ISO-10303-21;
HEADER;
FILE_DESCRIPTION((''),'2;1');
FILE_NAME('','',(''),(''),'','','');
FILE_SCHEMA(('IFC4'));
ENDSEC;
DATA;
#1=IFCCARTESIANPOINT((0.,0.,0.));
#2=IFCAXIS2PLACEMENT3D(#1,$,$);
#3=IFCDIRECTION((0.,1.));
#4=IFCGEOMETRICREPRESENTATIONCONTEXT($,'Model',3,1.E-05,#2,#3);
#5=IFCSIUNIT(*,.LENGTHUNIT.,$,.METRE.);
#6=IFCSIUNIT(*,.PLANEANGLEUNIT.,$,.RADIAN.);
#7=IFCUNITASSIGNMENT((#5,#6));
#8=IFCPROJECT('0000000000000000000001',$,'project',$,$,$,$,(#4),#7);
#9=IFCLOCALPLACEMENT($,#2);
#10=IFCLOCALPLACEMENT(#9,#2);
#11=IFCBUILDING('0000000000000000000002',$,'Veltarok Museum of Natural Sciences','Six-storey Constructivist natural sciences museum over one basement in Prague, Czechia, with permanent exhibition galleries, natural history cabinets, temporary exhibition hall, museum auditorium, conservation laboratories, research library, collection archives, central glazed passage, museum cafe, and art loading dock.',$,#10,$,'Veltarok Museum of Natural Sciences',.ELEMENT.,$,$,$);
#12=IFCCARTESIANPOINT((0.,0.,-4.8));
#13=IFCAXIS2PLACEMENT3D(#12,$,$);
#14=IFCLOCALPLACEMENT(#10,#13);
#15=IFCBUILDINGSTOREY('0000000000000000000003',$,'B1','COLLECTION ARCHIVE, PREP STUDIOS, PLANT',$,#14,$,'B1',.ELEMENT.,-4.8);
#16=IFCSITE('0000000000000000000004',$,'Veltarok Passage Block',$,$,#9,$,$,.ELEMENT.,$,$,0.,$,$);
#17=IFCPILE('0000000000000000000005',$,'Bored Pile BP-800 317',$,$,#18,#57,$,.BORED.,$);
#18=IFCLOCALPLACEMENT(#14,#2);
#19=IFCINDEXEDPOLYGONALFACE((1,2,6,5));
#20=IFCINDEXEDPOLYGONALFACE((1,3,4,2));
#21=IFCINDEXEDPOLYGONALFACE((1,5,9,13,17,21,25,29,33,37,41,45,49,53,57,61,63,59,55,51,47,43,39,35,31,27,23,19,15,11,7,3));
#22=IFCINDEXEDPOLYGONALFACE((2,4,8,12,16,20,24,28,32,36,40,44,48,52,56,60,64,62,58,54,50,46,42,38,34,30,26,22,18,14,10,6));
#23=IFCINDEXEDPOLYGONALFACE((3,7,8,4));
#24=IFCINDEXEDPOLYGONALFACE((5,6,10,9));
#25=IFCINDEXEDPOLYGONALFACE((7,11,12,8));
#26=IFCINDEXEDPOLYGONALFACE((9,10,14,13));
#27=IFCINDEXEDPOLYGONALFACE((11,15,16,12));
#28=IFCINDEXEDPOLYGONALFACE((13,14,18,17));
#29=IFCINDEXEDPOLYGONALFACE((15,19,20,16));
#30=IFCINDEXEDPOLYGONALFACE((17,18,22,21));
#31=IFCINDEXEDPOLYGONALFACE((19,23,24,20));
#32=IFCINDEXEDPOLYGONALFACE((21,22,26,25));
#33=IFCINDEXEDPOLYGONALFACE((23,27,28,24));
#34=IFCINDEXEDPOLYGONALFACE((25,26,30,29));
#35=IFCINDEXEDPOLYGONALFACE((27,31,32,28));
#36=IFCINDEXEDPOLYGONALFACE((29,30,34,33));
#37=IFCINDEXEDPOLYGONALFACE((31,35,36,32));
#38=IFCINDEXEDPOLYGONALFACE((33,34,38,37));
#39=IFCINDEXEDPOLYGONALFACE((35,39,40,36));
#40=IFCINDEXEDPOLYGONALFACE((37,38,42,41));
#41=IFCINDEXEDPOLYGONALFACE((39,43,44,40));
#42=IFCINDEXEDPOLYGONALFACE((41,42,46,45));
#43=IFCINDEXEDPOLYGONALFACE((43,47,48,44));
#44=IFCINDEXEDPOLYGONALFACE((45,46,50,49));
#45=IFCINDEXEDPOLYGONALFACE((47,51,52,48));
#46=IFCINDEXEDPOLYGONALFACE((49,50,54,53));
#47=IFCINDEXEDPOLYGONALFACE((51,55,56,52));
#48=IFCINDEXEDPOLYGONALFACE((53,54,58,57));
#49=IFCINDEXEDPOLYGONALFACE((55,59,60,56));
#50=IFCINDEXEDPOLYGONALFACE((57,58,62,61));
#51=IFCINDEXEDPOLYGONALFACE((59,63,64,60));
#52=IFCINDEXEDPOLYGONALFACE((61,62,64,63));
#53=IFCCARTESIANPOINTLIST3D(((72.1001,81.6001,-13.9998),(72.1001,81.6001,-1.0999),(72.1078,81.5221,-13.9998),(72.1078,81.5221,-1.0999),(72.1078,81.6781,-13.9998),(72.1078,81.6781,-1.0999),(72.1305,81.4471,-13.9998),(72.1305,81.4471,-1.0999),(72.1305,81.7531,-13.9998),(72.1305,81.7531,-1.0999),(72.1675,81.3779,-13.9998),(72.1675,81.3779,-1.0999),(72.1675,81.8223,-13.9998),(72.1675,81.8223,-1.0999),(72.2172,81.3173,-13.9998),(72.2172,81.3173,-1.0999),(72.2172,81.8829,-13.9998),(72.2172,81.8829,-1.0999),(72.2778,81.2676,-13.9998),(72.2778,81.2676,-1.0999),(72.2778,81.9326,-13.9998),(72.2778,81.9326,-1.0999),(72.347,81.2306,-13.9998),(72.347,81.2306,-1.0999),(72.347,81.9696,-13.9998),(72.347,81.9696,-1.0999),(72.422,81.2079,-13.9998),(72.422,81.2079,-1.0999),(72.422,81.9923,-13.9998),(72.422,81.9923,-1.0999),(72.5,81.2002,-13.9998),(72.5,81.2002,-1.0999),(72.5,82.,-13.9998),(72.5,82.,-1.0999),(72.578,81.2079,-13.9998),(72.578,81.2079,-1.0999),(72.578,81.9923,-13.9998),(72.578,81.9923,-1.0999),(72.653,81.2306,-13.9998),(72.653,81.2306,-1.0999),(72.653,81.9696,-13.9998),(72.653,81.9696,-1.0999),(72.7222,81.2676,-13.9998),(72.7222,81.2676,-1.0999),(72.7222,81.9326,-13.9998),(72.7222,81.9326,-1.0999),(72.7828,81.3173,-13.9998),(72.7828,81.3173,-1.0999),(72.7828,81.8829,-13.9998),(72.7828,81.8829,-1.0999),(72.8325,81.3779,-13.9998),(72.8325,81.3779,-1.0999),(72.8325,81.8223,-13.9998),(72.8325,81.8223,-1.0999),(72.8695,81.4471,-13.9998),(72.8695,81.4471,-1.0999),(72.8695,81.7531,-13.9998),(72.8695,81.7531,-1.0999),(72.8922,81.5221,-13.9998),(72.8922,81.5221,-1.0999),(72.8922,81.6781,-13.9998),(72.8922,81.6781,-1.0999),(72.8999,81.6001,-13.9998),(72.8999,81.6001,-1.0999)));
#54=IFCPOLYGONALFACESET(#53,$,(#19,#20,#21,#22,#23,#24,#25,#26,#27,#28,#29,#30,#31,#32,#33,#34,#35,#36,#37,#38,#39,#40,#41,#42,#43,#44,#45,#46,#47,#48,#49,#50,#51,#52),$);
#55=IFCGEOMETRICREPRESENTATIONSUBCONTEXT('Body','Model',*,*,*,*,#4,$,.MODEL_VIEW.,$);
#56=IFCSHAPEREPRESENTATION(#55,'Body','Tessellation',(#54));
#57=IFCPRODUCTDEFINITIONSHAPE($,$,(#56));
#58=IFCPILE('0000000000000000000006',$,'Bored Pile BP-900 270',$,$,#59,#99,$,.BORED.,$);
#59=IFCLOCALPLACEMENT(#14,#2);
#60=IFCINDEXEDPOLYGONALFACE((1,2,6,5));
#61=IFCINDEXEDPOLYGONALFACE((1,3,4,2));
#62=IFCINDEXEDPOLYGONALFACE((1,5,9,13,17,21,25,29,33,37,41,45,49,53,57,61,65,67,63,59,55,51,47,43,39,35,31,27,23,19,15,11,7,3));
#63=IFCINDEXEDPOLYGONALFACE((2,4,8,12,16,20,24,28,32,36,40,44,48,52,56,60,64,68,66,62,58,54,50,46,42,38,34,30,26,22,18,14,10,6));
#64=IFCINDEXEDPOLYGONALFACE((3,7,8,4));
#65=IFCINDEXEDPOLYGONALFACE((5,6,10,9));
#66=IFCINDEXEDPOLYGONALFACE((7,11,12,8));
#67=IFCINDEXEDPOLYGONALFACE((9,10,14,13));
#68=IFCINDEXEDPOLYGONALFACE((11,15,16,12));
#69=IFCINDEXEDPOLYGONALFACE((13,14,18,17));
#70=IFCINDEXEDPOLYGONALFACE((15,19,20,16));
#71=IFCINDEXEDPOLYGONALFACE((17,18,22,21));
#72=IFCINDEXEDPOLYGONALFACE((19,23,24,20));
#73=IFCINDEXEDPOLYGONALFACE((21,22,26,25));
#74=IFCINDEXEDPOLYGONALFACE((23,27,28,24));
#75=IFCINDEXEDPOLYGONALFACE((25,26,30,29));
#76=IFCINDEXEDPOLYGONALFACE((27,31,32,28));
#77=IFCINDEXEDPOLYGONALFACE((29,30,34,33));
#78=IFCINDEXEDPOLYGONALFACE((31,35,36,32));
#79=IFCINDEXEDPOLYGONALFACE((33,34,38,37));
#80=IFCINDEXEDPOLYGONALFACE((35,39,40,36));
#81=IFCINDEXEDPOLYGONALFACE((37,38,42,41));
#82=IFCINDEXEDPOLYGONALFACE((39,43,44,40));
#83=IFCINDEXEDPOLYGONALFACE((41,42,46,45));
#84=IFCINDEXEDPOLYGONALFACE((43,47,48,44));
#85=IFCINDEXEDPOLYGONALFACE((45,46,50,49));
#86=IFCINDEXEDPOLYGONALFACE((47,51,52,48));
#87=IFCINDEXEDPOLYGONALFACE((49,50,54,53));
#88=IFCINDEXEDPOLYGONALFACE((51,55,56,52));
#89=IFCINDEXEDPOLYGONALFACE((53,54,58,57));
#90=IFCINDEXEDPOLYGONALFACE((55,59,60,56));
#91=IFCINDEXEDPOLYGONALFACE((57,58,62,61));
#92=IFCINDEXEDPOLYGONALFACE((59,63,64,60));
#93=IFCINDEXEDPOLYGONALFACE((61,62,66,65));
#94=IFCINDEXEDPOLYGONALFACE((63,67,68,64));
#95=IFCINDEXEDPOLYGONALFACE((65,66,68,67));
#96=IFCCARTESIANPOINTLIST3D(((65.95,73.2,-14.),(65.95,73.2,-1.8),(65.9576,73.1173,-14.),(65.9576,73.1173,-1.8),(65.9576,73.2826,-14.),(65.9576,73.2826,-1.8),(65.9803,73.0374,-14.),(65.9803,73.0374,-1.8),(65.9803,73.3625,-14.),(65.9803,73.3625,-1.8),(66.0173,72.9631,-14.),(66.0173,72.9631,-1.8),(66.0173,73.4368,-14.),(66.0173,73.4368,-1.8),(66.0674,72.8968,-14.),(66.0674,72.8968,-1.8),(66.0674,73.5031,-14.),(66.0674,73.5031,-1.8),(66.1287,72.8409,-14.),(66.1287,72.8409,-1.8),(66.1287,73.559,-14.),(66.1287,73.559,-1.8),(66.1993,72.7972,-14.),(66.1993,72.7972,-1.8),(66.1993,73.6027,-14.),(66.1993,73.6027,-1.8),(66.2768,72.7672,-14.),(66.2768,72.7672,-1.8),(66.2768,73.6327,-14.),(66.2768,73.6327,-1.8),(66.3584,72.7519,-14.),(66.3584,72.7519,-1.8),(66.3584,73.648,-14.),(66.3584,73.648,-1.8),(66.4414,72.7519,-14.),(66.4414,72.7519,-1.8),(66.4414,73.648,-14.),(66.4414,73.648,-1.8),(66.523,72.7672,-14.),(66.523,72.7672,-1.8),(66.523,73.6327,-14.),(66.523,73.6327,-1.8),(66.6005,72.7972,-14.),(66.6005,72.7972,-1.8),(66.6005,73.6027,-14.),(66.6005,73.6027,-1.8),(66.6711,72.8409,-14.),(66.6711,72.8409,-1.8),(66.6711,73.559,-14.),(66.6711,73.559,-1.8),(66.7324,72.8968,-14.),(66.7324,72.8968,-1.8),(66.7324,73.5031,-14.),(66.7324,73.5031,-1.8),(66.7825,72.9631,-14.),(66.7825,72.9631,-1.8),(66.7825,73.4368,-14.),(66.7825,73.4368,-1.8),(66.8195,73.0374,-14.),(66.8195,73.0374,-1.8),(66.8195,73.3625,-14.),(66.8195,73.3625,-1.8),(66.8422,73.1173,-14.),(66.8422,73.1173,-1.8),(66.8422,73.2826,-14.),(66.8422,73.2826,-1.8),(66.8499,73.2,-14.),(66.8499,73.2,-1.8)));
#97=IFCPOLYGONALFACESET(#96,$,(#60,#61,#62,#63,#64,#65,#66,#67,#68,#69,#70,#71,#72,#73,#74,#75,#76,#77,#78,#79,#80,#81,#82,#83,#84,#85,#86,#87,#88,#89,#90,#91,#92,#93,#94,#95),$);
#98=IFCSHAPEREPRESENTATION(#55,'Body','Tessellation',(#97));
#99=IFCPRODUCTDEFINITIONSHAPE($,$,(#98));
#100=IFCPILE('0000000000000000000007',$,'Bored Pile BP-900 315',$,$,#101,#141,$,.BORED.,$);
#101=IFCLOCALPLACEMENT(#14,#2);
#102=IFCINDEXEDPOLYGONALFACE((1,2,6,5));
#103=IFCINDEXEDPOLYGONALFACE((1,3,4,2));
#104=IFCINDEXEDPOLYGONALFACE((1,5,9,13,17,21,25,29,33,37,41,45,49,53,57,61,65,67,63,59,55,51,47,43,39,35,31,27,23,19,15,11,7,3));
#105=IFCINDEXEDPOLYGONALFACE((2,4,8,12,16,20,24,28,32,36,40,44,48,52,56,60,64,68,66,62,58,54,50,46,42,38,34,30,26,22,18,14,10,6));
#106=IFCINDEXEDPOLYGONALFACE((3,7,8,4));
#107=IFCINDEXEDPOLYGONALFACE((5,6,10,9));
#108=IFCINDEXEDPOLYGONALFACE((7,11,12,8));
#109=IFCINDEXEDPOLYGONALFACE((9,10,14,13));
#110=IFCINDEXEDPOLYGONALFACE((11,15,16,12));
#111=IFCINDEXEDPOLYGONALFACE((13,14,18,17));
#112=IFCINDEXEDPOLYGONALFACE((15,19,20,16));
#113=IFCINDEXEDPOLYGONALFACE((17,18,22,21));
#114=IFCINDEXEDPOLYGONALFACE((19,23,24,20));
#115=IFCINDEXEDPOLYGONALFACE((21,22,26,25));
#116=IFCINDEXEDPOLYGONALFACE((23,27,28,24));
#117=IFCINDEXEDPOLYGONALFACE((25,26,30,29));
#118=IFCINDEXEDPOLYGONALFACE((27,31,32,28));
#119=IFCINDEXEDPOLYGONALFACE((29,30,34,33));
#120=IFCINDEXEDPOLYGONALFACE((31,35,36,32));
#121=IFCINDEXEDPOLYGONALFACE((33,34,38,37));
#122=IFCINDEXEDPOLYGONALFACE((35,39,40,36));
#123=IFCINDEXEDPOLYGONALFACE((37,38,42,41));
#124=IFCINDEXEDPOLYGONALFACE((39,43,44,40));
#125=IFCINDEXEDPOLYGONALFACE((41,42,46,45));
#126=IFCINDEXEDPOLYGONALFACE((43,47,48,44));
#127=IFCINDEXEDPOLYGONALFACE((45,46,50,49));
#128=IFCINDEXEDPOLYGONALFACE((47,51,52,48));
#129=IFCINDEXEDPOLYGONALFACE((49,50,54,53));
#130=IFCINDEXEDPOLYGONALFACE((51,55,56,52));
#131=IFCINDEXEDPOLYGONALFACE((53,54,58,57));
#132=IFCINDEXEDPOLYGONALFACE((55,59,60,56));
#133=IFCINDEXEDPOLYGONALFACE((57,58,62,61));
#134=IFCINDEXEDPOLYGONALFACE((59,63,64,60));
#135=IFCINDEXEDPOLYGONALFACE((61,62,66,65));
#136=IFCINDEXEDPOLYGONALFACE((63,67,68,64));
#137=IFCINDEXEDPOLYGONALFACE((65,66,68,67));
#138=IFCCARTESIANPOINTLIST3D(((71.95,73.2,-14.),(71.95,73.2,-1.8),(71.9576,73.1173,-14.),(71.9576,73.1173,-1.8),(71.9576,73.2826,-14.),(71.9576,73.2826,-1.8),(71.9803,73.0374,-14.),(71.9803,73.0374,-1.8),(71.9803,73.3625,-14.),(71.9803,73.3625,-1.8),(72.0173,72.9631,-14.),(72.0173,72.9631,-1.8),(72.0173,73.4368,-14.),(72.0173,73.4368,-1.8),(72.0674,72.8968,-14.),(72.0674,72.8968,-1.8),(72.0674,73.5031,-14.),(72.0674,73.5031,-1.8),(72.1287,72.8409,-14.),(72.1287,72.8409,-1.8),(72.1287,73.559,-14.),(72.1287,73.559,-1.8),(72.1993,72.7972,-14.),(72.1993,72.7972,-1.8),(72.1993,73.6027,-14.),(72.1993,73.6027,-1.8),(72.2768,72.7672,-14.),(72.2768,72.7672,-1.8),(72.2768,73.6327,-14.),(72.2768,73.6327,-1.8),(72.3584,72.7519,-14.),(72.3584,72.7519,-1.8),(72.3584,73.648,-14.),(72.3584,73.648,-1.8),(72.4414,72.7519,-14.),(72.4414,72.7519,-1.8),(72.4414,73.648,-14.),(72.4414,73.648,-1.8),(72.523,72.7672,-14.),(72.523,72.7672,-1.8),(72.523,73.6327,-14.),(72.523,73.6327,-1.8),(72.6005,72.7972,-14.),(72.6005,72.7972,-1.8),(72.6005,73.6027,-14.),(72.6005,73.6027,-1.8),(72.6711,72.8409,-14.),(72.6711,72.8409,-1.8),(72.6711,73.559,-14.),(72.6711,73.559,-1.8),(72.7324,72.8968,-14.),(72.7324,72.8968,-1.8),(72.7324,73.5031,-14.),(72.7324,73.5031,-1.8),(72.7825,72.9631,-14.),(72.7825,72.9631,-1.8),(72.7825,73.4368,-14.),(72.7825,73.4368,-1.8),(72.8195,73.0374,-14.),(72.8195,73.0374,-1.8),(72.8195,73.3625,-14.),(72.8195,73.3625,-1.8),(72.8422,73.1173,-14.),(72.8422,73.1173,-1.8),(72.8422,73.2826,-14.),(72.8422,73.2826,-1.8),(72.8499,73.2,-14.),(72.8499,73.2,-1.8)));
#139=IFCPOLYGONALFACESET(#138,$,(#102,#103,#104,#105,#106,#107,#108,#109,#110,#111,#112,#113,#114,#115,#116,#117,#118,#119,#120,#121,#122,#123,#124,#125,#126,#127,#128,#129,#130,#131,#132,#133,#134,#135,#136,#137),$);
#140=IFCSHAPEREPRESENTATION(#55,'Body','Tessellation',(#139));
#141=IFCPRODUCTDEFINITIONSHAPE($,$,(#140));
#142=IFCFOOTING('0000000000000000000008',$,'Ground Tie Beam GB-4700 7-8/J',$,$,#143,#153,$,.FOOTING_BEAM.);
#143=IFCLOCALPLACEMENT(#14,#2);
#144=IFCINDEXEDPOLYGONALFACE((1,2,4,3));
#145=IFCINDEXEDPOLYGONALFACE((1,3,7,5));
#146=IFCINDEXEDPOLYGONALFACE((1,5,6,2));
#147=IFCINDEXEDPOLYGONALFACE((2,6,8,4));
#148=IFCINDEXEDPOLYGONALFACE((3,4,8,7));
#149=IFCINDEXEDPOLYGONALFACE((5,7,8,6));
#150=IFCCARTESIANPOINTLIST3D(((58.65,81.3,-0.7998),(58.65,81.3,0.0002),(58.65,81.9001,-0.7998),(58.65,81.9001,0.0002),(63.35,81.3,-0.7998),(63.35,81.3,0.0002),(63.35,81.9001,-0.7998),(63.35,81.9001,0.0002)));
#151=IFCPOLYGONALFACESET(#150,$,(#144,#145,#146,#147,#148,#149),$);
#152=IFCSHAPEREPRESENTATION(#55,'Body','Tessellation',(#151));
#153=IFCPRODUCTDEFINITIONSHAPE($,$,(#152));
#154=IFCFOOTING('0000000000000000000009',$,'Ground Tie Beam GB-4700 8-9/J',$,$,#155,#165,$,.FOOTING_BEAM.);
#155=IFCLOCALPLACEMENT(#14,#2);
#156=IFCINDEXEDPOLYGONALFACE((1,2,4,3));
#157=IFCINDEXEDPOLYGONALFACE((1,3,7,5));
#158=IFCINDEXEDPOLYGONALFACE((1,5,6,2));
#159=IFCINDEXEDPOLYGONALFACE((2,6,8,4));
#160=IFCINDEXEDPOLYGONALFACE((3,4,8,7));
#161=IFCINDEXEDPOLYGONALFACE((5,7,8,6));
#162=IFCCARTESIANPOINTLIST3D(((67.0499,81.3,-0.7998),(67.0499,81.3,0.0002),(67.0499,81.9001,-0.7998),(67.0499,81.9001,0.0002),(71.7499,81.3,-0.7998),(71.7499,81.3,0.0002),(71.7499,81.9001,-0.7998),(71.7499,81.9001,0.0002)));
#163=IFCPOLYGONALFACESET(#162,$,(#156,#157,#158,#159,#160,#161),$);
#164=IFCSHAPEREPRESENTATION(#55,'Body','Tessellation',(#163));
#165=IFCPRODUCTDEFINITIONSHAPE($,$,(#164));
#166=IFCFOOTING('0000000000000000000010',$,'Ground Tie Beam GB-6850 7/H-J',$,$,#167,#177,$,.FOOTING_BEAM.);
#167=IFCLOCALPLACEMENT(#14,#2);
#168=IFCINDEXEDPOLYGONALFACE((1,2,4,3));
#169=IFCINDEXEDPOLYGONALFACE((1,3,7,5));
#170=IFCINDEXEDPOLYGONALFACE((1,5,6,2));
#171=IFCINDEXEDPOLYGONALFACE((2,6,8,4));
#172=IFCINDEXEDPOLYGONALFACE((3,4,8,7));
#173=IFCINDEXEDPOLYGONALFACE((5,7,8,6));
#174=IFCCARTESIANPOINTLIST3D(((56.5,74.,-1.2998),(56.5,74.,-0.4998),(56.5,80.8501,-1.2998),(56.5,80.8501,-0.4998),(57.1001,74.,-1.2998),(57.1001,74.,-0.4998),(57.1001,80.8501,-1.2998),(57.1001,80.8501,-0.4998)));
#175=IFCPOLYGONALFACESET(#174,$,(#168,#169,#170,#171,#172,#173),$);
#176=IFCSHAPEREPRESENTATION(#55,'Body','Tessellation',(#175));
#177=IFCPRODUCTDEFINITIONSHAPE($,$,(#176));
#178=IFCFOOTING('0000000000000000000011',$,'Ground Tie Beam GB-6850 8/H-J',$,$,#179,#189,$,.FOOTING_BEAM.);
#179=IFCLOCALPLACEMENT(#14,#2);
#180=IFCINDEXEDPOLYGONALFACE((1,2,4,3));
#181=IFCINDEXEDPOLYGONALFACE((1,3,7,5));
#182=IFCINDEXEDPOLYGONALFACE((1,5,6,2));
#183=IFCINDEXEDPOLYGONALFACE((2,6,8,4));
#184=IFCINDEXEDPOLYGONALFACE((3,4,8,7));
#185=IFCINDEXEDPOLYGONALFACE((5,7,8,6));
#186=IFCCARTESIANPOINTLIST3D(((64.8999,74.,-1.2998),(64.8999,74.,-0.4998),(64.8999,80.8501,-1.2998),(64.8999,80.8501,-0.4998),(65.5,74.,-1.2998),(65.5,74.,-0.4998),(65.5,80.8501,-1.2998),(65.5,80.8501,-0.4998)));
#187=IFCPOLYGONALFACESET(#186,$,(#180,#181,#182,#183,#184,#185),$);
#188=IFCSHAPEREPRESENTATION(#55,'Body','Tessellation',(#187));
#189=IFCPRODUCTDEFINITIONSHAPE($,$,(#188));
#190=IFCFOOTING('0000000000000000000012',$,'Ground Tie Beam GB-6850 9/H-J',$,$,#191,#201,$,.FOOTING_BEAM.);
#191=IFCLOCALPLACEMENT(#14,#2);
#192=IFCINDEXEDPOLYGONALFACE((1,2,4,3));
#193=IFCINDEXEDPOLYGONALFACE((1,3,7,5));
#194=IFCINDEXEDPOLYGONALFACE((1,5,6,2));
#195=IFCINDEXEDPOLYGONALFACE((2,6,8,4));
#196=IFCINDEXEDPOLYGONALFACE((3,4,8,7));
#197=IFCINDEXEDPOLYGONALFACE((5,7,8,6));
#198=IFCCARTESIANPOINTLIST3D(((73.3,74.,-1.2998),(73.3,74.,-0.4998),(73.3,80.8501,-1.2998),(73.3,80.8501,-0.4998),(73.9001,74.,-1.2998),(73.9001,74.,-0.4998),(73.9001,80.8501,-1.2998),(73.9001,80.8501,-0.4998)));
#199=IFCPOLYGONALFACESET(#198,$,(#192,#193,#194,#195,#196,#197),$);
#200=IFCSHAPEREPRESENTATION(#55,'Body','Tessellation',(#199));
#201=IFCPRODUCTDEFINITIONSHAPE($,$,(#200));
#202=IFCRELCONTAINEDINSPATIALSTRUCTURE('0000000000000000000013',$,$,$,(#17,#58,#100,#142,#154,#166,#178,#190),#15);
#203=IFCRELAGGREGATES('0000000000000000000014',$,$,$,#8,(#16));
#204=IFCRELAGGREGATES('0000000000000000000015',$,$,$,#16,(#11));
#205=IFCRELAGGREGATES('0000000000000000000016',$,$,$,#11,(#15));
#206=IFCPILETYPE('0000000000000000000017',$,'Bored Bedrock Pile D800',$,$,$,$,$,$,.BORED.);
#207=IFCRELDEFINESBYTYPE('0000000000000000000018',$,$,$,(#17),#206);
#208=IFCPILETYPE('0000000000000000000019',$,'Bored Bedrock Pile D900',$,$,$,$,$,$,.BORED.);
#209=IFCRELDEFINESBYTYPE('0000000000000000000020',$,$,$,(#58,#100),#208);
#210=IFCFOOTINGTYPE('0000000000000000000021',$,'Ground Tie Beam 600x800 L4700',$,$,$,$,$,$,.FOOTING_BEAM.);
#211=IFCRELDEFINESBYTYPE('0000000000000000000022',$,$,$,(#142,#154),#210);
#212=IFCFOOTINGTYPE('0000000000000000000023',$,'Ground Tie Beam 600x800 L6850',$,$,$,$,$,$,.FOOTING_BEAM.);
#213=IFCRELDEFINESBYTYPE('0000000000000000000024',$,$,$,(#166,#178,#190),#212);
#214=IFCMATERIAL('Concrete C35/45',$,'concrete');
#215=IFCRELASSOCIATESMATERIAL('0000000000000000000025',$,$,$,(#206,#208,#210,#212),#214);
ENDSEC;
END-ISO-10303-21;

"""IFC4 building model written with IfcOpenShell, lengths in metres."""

from ifc_helpers import new_model, si_unit, direction, frame, origin, origin_2d, place, context, subcontext, project, spatial, rectangle, circle, extrude, material, material_profile, profile_set, type_object, element, save


model = new_model("IFC4")

# Units and contexts
model_context = context("Model", 3, precision=1e-05, world=origin(), true_north=direction((0.0, 1.0)))
body_context = subcontext(model_context, "Body", "Model", "MODEL_VIEW")
ifc_project = project(units=[si_unit("LENGTHUNIT", "METRE"), si_unit("PLANEANGLEUNIT", "RADIAN")], contexts=[model_context])

# Site, building, storey
site_placement = place(None, origin())
site = spatial("IfcSite", under=ifc_project, at=site_placement, Name="Veltarok Passage Block", CompositionType="ELEMENT", RefElevation=0.0)
building_placement = place(site_placement, origin())
building = spatial("IfcBuilding", under=site, at=building_placement, Name="Veltarok Museum of Natural Sciences", Description="Six-storey Constructivist natural sciences museum over one basement in Prague, Czechia, with permanent exhibition galleries, natural history cabinets, temporary exhibition hall, museum auditorium, conservation laboratories, research library, collection archives, central glazed passage, museum cafe, and art loading dock.", LongName="Veltarok Museum of Natural Sciences", CompositionType="ELEMENT")
storey_placement = place(building_placement, frame((0.0, 0.0, -4.8)))
storey = spatial("IfcBuildingStorey", under=building, at=storey_placement, Name="B1", Description="COLLECTION ARCHIVE, PREP STUDIOS, PLANT", LongName="B1", CompositionType="ELEMENT", Elevation=-4.8)

# Piles
ifc_material_1 = material(Name="Concrete C35/45", Category="concrete")
ifc_material_profile_1 = material_profile(ifc_material_1, circle(Radius=0.3999, at=origin_2d()), Name="BP D800")
ifc_profile_set_1 = profile_set([ifc_material_profile_1], Name="Concrete C35/45")
pile_type_1 = type_object("IfcPileType", Name="Bored Bedrock Pile D800", PredefinedType="BORED", material=ifc_profile_set_1)
for number, where, z_axis, x_axis, name in (
    (1, (72.5, 81.6001, -1.0999), (0.0, 0.0, -1.0), (1.0, 0.0, 0.0), "Bored Pile BP-800 317"),
):
    element("IfcPile", number, at=place(storey_placement, frame(where, z_axis=z_axis, x_axis=x_axis)), inside=storey, type_object=pile_type_1, Name=name, PredefinedType="BORED", context=body_context, shape_type="SweptSolid", body=[
        extrude(circle(Radius=0.3999, at=origin_2d()), origin(), (0.0, 0.0, 1.0), 12.8999),
    ])
ifc_material_profile_2 = material_profile(ifc_material_1, circle(Radius=0.45, at=origin_2d()), Name="BP D900")
ifc_profile_set_2 = profile_set([ifc_material_profile_2], Name="Concrete C35/45")
pile_type_2 = type_object("IfcPileType", Name="Bored Bedrock Pile D900", PredefinedType="BORED", material=ifc_profile_set_2)
for number, where, z_axis, x_axis, name in (
    (2, (66.3999, 73.2, -1.8), (0.0, 0.0, -1.0), (1.0, 0.0, 0.0), "Bored Pile BP-900 270"),
    (3, (72.3999, 73.2, -1.8), (0.0, 0.0, -1.0), (1.0, 0.0, 0.0), "Bored Pile BP-900 315"),
):
    element("IfcPile", number, at=place(storey_placement, frame(where, z_axis=z_axis, x_axis=x_axis)), inside=storey, type_object=pile_type_2, Name=name, PredefinedType="BORED", context=body_context, shape_type="SweptSolid", body=[
        extrude(circle(Radius=0.45, at=origin_2d()), origin(), (0.0, 0.0, 1.0), 12.2),
    ])

# Footings
footing_type_1 = type_object("IfcFootingType", Name="Ground Tie Beam 600x800 L4700", PredefinedType="FOOTING_BEAM", material=ifc_material_1)
for number, where, z_axis, x_axis, name in (
    (4, (61.0, 81.6001, -0.7998), (0.0, 0.0, 1.0), (1.0, 0.0, 0.0), "Ground Tie Beam GB-4700 7-8/J"),
    (5, (69.3999, 81.6001, -0.7998), (0.0, 0.0, 1.0), (1.0, 0.0, 0.0), "Ground Tie Beam GB-4700 8-9/J"),
):
    element("IfcFooting", number, at=place(storey_placement, frame(where, z_axis=z_axis, x_axis=x_axis)), inside=storey, type_object=footing_type_1, Name=name, PredefinedType="FOOTING_BEAM", context=body_context, shape_type="SweptSolid", body=[
        extrude(rectangle(XDim=4.7, YDim=0.6001, at=origin_2d()), origin(), (0.0, 0.0, 1.0), 0.8),
    ])
footing_type_2 = type_object("IfcFootingType", Name="Ground Tie Beam 600x800 L6850", PredefinedType="FOOTING_BEAM", material=ifc_material_1)
for number, where, z_axis, x_axis, name in (
    (6, (56.8, 77.425, -1.2998), (0.0, 0.0, 1.0), (0.0, 1.0, 0.0), "Ground Tie Beam GB-6850 7/H-J"),
    (7, (65.2, 77.425, -1.2998), (0.0, 0.0, 1.0), (0.0, 1.0, 0.0), "Ground Tie Beam GB-6850 8/H-J"),
    (8, (73.6001, 77.425, -1.2998), (0.0, 0.0, 1.0), (0.0, 1.0, 0.0), "Ground Tie Beam GB-6850 9/H-J"),
):
    element("IfcFooting", number, at=place(storey_placement, frame(where, z_axis=z_axis, x_axis=x_axis)), inside=storey, type_object=footing_type_2, Name=name, PredefinedType="FOOTING_BEAM", context=body_context, shape_type="SweptSolid", body=[
        extrude(rectangle(XDim=6.8501, YDim=0.6001, at=origin_2d()), origin(), (0.0, 0.0, 1.0), 0.8),
    ])

save(model, "model.ifc")
